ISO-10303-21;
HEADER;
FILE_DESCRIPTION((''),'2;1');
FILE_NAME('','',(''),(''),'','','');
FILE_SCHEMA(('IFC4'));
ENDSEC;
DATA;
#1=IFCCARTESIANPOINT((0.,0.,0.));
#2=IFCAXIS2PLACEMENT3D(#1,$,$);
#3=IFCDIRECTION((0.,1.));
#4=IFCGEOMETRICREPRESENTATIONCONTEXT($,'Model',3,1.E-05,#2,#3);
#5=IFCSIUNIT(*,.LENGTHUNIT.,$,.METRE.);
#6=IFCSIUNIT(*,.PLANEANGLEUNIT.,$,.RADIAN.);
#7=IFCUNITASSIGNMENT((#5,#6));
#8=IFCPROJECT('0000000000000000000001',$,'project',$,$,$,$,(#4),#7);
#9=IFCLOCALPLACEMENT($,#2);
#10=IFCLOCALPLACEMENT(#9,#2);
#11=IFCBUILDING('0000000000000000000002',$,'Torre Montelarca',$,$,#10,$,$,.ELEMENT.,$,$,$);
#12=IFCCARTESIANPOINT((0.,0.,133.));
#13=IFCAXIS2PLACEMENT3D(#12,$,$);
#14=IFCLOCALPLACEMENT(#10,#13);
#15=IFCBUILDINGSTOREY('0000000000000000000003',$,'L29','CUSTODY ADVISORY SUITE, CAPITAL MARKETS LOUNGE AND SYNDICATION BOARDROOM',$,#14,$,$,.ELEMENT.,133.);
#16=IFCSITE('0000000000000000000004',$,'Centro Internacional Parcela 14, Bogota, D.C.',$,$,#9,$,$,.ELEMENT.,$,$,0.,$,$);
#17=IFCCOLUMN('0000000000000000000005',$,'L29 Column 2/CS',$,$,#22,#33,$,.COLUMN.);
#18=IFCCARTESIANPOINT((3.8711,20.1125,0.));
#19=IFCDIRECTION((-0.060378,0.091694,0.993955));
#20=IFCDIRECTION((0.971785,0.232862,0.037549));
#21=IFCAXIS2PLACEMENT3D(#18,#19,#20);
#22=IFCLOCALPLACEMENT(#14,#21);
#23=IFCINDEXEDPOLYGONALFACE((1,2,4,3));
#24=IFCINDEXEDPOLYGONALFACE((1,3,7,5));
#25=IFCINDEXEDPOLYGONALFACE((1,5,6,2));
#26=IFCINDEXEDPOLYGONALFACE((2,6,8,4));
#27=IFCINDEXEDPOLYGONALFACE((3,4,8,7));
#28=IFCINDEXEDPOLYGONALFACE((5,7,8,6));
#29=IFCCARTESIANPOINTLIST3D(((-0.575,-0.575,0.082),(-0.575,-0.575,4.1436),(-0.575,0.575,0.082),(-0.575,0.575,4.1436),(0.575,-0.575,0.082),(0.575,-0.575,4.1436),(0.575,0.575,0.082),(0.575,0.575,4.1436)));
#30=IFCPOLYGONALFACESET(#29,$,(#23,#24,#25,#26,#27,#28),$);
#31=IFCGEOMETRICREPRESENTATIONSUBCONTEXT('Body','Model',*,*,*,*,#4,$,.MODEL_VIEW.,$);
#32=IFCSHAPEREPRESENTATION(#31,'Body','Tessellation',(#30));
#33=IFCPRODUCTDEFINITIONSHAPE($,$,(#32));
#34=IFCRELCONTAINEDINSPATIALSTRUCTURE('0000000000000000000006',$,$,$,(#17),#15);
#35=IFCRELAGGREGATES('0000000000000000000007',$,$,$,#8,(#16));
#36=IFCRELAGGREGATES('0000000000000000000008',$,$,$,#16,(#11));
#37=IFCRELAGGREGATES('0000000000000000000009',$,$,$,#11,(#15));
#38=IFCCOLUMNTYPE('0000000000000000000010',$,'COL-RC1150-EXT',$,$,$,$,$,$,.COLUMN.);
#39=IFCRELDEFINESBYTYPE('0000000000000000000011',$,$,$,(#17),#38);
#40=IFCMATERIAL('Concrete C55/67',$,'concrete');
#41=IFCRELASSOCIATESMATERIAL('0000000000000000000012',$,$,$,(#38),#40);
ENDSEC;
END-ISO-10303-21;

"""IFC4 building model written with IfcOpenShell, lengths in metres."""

from ifc_helpers import new_model, si_unit, direction, frame, origin, origin_2d, place, context, subcontext, project, spatial, rectangle, extrude, clip, halfspace, material, material_profile, profile_set, type_object, element, save


model = new_model("IFC4")

# Units and contexts
model_context = context("Model", 3, precision=1e-05, world=origin(), true_north=direction((0.0, 1.0)))
body_context = subcontext(model_context, "Body", "Model", "MODEL_VIEW")
ifc_project = project(units=[si_unit("LENGTHUNIT", "METRE"), si_unit("PLANEANGLEUNIT", "RADIAN")], contexts=[model_context])

# Site, building, storey
site_placement = place(None, origin())
site = spatial("IfcSite", under=ifc_project, at=site_placement, Name="Centro Internacional Parcela 14, Bogota, D.C.", CompositionType="ELEMENT", RefElevation=0.0)
building_placement = place(site_placement, origin())
building = spatial("IfcBuilding", under=site, at=building_placement, Name="Torre Montelarca", CompositionType="ELEMENT")
storey_placement = place(building_placement, frame((0.0, 0.0, 133.0)))
storey = spatial("IfcBuildingStorey", under=building, at=storey_placement, Name="L29", Description="CUSTODY ADVISORY SUITE, CAPITAL MARKETS LOUNGE AND SYNDICATION BOARDROOM", CompositionType="ELEMENT", Elevation=133.0)

# Column
ifc_material_1 = material(Name="Concrete C55/67", Category="concrete")
ifc_material_profile_1 = material_profile(ifc_material_1, rectangle(XDim=1.1499, YDim=1.1499, at=origin_2d()), Name="RC1150X1150", Category="concrete")
ifc_profile_set_1 = profile_set([ifc_material_profile_1], Name="Concrete C55/67")
column_type_1 = type_object("IfcColumnType", Name="COL-RC1150-EXT", PredefinedType="COLUMN", material=ifc_profile_set_1)
column_1_placement = place(storey_placement, frame((3.8711, 20.1125, 0.0), z_axis=(-0.060378, 0.091694, 0.993955), x_axis=(0.971785, 0.232862, 0.037549)))
element("IfcColumn", 1, at=column_1_placement, inside=storey, type_object=column_type_1, Name="L29 Column 2/CS", PredefinedType="COLUMN", context=body_context, shape_type="Clipping", body=[
    clip(clip(extrude(rectangle(XDim=1.1499, YDim=1.1499, at=origin_2d()), origin(), (0.0, 0.0, 1.0), 4.2256), halfspace(frame((0.0, 0.0, 0.082), z_axis=(0.0, 0.0, -1.0), x_axis=(1.0, 0.0, 0.0)), False)), halfspace(frame((0.0, 0.0, 4.1436), z_axis=(0.0, 0.0, 1.0), x_axis=(1.0, 0.0, 0.0)), False)),
])

save(model, "model.ifc")
